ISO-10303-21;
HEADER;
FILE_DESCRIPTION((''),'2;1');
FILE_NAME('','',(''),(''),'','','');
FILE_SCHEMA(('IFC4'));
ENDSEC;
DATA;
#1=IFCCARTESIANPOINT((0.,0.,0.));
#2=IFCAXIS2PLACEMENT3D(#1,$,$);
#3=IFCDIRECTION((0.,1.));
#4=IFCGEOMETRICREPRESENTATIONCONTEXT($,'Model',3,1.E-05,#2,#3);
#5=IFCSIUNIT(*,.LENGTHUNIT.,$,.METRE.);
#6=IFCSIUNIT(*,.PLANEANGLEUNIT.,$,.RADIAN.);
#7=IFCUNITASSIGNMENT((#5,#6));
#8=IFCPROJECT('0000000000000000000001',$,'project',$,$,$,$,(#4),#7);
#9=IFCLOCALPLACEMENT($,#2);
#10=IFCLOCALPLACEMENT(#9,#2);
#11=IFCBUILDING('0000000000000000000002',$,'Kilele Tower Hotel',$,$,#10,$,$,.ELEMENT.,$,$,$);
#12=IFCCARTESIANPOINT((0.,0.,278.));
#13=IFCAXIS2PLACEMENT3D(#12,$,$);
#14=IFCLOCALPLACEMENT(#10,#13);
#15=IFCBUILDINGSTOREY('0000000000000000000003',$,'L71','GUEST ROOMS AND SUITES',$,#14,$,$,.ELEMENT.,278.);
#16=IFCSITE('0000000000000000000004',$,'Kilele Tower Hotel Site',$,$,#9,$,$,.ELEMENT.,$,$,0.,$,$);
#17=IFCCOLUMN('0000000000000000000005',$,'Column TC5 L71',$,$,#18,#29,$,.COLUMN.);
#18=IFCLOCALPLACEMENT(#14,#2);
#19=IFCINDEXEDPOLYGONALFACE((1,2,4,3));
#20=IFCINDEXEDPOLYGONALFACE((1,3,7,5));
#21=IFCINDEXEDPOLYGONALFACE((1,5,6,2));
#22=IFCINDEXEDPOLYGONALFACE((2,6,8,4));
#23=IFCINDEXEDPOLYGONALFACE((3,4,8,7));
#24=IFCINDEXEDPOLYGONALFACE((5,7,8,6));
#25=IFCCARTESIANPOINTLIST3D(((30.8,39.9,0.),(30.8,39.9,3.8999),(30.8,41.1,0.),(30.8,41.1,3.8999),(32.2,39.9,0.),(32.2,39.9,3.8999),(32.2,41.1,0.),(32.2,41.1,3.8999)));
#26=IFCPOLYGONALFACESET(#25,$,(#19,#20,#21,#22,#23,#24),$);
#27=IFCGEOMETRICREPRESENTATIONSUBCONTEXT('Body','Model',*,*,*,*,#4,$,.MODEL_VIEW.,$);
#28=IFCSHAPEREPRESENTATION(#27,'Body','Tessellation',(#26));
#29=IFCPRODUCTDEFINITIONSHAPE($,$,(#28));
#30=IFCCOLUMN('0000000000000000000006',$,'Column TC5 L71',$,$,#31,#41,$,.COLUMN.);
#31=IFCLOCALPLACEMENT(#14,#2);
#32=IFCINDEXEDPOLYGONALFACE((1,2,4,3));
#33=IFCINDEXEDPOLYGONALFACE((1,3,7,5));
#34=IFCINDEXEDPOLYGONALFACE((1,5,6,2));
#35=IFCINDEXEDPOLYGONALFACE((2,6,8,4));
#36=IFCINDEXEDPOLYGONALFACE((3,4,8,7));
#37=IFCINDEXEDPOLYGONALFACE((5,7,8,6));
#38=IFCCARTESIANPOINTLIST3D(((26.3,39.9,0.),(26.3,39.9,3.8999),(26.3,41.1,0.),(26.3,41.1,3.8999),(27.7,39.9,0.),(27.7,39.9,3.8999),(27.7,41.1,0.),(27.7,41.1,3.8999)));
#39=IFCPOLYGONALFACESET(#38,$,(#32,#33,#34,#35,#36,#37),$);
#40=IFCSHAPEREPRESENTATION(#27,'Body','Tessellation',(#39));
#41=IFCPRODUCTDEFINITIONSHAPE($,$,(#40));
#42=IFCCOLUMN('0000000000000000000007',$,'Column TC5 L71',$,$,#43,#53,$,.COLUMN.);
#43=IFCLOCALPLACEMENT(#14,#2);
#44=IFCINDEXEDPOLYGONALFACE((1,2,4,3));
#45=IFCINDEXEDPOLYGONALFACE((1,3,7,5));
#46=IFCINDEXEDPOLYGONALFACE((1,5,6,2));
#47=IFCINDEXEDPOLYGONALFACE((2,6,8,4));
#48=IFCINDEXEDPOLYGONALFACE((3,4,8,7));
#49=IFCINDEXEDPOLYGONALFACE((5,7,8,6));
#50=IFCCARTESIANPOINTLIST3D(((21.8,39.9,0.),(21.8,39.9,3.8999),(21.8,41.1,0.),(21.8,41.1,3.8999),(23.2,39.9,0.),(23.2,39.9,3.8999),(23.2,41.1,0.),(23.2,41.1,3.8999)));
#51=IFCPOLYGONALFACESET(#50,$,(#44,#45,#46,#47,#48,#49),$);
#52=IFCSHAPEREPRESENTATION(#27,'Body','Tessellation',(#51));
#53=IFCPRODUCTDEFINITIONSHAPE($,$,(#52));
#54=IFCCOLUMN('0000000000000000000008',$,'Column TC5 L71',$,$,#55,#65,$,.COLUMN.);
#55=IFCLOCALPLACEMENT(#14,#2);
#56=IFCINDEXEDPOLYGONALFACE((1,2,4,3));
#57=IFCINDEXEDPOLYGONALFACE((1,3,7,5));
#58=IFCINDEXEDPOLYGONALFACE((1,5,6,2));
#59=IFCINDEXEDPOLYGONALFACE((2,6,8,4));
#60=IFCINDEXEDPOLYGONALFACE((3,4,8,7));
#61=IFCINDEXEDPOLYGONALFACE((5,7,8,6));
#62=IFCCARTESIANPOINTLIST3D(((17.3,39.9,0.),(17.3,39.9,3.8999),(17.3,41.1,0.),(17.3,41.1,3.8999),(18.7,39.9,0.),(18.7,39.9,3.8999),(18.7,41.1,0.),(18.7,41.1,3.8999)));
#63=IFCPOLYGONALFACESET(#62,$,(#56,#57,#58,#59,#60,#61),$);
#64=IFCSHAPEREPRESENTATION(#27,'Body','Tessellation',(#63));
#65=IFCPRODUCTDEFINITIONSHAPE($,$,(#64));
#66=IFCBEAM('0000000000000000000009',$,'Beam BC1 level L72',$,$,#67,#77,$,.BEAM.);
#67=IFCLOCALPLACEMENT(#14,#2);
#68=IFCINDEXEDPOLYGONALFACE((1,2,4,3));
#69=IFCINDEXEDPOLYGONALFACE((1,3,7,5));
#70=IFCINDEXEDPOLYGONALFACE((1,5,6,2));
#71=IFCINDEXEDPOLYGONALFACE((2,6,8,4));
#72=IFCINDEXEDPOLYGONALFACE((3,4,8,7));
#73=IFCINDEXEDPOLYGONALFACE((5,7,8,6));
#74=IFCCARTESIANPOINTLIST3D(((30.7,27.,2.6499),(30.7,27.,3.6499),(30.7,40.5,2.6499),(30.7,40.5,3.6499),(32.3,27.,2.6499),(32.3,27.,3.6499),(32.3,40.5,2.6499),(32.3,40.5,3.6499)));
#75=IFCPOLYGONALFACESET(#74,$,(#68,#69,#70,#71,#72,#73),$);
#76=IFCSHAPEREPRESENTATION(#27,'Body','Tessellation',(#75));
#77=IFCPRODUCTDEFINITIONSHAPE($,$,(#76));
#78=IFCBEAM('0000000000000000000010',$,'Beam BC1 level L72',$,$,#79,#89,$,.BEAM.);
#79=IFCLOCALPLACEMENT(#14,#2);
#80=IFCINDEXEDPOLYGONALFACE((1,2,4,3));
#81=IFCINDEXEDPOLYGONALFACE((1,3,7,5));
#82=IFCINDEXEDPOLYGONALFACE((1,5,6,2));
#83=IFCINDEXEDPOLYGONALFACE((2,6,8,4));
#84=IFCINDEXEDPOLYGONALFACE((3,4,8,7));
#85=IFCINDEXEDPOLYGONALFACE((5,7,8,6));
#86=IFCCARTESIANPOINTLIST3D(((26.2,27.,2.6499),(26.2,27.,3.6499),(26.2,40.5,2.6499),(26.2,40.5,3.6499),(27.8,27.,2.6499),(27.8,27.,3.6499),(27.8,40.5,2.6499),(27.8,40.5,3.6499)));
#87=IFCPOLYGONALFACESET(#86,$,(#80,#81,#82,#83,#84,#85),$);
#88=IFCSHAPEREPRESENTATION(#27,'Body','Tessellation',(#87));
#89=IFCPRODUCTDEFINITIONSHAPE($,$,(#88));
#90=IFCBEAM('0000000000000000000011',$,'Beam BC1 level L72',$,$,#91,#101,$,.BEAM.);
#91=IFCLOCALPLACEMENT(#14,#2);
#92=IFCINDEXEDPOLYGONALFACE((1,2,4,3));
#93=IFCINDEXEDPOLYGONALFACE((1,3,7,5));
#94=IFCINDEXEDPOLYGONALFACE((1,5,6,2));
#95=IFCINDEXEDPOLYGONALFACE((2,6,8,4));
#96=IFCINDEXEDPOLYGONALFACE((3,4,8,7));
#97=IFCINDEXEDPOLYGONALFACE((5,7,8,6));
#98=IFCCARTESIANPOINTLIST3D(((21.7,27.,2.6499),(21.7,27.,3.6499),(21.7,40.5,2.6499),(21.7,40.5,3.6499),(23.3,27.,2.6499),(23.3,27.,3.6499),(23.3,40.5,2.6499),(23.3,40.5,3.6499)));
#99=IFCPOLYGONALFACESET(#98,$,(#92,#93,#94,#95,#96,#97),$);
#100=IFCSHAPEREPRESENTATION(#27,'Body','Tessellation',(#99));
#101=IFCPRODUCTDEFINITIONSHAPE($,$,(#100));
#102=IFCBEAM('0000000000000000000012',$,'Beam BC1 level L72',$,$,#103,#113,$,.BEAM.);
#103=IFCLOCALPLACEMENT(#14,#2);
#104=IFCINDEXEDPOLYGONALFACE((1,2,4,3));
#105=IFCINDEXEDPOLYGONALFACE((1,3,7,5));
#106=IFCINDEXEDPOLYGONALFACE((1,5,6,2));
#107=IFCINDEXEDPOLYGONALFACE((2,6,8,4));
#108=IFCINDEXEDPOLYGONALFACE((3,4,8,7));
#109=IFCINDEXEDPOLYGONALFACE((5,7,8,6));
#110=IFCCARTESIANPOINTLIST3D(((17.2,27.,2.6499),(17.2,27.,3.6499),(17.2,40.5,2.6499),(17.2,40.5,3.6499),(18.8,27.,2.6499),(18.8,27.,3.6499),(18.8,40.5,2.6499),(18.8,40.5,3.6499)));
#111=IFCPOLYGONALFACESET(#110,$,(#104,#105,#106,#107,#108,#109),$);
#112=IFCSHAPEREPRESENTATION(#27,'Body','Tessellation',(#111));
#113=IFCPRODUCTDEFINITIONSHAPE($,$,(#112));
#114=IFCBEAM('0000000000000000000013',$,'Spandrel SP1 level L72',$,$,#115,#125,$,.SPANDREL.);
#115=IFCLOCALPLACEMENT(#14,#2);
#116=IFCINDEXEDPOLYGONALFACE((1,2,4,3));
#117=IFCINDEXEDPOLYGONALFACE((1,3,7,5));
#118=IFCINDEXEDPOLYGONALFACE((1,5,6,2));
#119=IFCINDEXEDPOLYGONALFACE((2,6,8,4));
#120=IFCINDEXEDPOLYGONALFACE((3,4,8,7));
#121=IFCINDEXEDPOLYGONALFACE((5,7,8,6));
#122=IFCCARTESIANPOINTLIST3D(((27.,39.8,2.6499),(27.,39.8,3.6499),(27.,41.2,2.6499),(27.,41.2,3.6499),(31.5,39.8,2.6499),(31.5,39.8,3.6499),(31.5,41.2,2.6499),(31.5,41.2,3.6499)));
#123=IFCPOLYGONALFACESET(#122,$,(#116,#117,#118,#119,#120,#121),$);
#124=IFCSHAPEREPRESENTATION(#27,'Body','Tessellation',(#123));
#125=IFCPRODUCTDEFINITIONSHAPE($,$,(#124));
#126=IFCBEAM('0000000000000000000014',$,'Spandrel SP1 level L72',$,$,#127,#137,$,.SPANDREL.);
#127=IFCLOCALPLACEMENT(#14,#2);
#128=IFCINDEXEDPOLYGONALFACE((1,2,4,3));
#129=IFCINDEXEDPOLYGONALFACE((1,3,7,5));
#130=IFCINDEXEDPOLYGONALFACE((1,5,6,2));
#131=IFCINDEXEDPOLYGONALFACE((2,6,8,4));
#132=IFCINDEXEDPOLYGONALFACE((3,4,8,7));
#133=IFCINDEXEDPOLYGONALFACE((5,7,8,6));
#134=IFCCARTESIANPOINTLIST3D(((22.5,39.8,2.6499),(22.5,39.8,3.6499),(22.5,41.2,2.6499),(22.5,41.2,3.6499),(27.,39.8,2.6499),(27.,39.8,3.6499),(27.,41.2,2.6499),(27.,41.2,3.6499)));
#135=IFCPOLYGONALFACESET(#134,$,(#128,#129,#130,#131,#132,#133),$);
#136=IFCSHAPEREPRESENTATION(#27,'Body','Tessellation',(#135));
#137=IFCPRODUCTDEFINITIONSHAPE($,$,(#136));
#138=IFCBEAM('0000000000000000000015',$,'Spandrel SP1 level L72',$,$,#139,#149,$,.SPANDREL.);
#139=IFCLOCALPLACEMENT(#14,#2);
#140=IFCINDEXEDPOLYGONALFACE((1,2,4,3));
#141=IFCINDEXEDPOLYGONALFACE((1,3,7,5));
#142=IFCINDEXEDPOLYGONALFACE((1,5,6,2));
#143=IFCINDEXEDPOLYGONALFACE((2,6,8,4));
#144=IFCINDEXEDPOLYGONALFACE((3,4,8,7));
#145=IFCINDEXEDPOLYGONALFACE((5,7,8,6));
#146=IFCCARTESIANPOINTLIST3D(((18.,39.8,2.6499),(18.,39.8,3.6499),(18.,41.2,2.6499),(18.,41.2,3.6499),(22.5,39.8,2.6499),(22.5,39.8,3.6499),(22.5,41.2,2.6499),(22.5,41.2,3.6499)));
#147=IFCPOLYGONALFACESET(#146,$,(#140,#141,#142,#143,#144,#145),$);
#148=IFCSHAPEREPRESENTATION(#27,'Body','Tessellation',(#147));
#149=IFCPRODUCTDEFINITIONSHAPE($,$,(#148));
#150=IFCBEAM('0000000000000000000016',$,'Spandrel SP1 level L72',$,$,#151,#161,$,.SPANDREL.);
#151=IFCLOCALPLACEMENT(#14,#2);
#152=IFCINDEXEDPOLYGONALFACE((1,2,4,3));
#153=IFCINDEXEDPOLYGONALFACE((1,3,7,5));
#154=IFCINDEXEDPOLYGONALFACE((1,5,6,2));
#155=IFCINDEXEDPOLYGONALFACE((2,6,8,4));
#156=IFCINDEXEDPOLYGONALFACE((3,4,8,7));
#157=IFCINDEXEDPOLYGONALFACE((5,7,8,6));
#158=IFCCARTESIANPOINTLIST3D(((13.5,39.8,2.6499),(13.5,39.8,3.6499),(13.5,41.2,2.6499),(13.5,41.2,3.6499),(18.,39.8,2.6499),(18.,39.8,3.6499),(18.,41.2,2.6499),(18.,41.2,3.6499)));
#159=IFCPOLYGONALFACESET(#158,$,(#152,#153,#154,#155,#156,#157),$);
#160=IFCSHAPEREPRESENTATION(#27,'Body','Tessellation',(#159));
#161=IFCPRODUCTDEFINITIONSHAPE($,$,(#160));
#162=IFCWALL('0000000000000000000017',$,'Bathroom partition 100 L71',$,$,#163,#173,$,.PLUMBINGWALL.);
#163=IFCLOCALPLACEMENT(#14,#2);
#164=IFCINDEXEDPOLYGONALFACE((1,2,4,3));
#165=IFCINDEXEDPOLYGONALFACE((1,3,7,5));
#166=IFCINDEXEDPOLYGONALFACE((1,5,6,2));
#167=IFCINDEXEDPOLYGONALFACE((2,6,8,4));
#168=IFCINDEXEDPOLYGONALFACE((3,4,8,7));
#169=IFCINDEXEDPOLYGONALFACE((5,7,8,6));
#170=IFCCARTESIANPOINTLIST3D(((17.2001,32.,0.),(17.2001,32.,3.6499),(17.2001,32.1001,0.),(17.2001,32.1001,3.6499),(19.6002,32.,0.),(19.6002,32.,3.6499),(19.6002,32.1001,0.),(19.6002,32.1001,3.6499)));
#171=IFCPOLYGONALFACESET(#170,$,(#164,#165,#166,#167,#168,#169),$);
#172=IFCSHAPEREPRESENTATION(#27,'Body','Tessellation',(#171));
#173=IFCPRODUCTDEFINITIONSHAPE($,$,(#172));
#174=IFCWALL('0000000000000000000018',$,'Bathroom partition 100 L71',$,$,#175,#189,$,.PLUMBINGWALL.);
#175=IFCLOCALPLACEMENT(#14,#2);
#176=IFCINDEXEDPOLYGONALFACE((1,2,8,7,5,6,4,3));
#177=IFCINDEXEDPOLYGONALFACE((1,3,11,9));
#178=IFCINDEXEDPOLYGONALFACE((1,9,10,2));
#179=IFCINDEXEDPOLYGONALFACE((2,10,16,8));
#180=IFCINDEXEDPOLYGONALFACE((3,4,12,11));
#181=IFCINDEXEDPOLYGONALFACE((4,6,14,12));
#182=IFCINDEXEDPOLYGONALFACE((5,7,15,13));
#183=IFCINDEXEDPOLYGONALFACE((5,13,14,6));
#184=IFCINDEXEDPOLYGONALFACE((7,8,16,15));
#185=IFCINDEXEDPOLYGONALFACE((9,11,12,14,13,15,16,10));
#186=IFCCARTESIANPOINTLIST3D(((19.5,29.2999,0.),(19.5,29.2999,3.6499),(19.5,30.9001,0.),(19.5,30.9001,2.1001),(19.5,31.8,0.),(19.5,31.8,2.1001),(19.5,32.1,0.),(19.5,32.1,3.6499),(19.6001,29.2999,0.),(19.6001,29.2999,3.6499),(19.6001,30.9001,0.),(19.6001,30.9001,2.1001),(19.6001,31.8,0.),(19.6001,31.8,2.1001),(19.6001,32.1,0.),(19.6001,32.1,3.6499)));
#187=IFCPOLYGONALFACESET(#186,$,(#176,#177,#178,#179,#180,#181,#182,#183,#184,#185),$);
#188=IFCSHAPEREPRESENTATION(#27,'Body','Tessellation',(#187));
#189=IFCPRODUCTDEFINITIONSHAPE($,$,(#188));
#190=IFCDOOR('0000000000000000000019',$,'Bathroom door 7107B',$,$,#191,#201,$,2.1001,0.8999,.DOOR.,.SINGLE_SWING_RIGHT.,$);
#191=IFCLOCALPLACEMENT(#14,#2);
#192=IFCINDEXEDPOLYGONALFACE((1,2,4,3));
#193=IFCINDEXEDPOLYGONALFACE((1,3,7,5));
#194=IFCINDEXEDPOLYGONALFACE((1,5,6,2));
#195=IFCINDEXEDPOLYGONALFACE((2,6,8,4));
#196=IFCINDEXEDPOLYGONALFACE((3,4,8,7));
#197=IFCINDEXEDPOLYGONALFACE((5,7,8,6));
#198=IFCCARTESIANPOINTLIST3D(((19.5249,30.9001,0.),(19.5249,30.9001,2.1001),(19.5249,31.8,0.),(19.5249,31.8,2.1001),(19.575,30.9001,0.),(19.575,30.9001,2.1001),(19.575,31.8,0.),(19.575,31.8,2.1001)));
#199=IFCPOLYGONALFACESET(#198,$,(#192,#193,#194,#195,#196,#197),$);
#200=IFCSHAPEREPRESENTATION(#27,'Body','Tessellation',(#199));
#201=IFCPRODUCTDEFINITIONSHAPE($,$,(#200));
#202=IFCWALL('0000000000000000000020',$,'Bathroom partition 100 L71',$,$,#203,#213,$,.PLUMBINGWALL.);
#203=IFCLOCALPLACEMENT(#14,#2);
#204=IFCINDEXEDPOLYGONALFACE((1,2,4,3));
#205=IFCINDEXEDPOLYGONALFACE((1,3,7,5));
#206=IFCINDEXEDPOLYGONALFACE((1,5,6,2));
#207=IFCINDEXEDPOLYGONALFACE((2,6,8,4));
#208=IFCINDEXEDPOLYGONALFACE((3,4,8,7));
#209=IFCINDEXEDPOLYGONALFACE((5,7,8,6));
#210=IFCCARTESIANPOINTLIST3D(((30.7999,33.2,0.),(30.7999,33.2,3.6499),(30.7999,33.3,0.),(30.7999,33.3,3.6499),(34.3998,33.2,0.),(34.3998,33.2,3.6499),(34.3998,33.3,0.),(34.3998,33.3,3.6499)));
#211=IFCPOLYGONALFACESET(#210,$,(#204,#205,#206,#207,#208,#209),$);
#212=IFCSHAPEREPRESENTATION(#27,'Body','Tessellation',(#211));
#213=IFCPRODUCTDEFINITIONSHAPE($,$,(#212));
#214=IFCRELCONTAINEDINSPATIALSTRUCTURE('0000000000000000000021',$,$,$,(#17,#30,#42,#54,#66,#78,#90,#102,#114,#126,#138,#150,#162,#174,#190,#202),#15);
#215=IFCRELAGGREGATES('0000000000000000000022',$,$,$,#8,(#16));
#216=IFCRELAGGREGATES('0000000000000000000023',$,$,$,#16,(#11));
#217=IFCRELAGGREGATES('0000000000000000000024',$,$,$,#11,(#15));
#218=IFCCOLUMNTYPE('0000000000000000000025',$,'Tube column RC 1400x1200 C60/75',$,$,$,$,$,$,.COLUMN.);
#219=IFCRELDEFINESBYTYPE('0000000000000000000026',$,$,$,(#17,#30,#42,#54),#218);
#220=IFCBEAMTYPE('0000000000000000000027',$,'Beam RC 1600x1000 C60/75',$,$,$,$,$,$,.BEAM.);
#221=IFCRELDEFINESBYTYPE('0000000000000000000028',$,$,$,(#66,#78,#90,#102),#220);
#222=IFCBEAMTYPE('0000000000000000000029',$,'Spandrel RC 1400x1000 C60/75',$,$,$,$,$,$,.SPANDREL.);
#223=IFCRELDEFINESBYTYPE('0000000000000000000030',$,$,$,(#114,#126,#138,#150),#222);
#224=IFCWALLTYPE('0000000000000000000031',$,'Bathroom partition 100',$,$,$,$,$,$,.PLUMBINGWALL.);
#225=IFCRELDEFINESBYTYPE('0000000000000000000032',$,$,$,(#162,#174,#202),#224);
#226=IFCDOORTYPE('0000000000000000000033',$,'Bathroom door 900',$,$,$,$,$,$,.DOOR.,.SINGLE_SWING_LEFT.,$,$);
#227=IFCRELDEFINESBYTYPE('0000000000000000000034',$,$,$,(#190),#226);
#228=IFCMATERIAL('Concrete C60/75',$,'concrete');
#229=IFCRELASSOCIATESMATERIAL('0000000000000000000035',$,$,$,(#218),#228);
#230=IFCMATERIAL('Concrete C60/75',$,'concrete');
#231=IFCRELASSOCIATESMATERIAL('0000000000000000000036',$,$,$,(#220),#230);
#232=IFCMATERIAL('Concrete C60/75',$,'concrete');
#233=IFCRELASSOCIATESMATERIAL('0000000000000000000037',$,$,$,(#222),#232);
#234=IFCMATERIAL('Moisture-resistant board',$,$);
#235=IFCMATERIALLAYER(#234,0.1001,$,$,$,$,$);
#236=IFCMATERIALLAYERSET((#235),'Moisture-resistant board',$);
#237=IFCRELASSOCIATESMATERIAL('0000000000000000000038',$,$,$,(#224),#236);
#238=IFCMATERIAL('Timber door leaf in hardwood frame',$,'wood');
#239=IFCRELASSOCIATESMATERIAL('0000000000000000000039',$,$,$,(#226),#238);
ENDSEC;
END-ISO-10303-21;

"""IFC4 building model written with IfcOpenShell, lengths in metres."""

from ifc_helpers import new_model, si_unit, direction, frame, frame_2d, origin, origin_2d, place, context, subcontext, project, spatial, rectangle, extrude, material, layer, layer_set, material_profile, profile_set, type_object, element, fill, save


model = new_model("IFC4")

# Units and contexts
model_context = context("Model", 3, precision=1e-05, world=origin(), true_north=direction((0.0, 1.0)))
body_context = subcontext(model_context, "Body", "Model", "MODEL_VIEW")
ifc_project = project(units=[si_unit("LENGTHUNIT", "METRE"), si_unit("PLANEANGLEUNIT", "RADIAN")], contexts=[model_context])

# Site, building, storey
site_placement = place(None, origin())
site = spatial("IfcSite", under=ifc_project, at=site_placement, Name="Kilele Tower Hotel Site", CompositionType="ELEMENT", RefElevation=0.0)
building_placement = place(site_placement, origin())
building = spatial("IfcBuilding", under=site, at=building_placement, Name="Kilele Tower Hotel", CompositionType="ELEMENT")
storey_placement = place(building_placement, frame((0.0, 0.0, 278.0)))
storey = spatial("IfcBuildingStorey", under=building, at=storey_placement, Name="L71", Description="GUEST ROOMS AND SUITES", CompositionType="ELEMENT", Elevation=278.0)

# Columns
ifc_material_1 = material(Name="Concrete C60/75", Category="concrete")
ifc_material_profile_1 = material_profile(ifc_material_1, rectangle(XDim=1.3999, YDim=1.2, at=origin_2d()))
ifc_profile_set_1 = profile_set([ifc_material_profile_1], Name="Concrete C60/75")
column_type = type_object("IfcColumnType", Name="Tube column RC 1400x1200 C60/75", PredefinedType="COLUMN", material=ifc_profile_set_1)
for number, where, z_axis, x_axis, name in (
    (1, (31.5, 40.5, 0.0), (0.0, 0.0, 1.0), (1.0, 0.0, 0.0), "Column TC5 L71"),
    (2, (27.0, 40.5, 0.0), (0.0, 0.0, 1.0), (1.0, 0.0, 0.0), "Column TC5 L71"),
    (3, (22.5, 40.5, 0.0), (0.0, 0.0, 1.0), (1.0, 0.0, 0.0), "Column TC5 L71"),
    (4, (18.0, 40.5, 0.0), (0.0, 0.0, 1.0), (1.0, 0.0, 0.0), "Column TC5 L71"),
):
    element("IfcColumn", number, at=place(storey_placement, frame(where, z_axis=z_axis, x_axis=x_axis)), inside=storey, type_object=column_type, Name=name, PredefinedType="COLUMN", context=body_context, shape_type="SweptSolid", body=[
        extrude(rectangle(XDim=1.3999, YDim=1.2, at=origin_2d()), origin(), (0.0, 0.0, 1.0), 3.8999),
    ])

# Beams
ifc_material_2 = material(Name="Concrete C60/75", Category="concrete")
ifc_material_profile_2 = material_profile(ifc_material_2, rectangle(XDim=1.6001, YDim=1.0, at=origin_2d()))
ifc_profile_set_2 = profile_set([ifc_material_profile_2], Name="Concrete C60/75")
beam_type_1 = type_object("IfcBeamType", Name="Beam RC 1600x1000 C60/75", PredefinedType="BEAM", material=ifc_profile_set_2)
for number, where, z_axis, x_axis, name in (
    (5, (31.5, 40.5, 3.1499), (0.0, -1.0, 0.0), (1.0, 0.0, 0.0), "Beam BC1 level L72"),
    (6, (27.0, 40.5, 3.1499), (0.0, -1.0, 0.0), (1.0, 0.0, 0.0), "Beam BC1 level L72"),
    (7, (22.5, 40.5, 3.1499), (0.0, -1.0, 0.0), (1.0, 0.0, 0.0), "Beam BC1 level L72"),
    (8, (18.0, 40.5, 3.1499), (0.0, -1.0, 0.0), (1.0, 0.0, 0.0), "Beam BC1 level L72"),
):
    element("IfcBeam", number, at=place(storey_placement, frame(where, z_axis=z_axis, x_axis=x_axis)), inside=storey, type_object=beam_type_1, Name=name, PredefinedType="BEAM", context=body_context, shape_type="SweptSolid", body=[
        extrude(rectangle(XDim=1.6001, YDim=1.0, at=origin_2d()), origin(), (0.0, 0.0, 1.0), 13.5),
    ])
ifc_material_3 = material(Name="Concrete C60/75", Category="concrete")
ifc_material_profile_3 = material_profile(ifc_material_3, rectangle(XDim=1.3999, YDim=1.0, at=origin_2d()))
ifc_profile_set_3 = profile_set([ifc_material_profile_3], Name="Concrete C60/75")
beam_type_2 = type_object("IfcBeamType", Name="Spandrel RC 1400x1000 C60/75", PredefinedType="SPANDREL", material=ifc_profile_set_3)
for number, where, z_axis, x_axis, name in (
    (9, (31.5, 40.5, 3.1499), (-1.0, 0.0, 0.0), (0.0, -1.0, 0.0), "Spandrel SP1 level L72"),
    (10, (27.0, 40.5, 3.1499), (-1.0, 0.0, 0.0), (0.0, -1.0, 0.0), "Spandrel SP1 level L72"),
    (11, (22.5, 40.5, 3.1499), (-1.0, 0.0, 0.0), (0.0, -1.0, 0.0), "Spandrel SP1 level L72"),
    (12, (18.0, 40.5, 3.1499), (-1.0, 0.0, 0.0), (0.0, -1.0, 0.0), "Spandrel SP1 level L72"),
):
    element("IfcBeam", number, at=place(storey_placement, frame(where, z_axis=z_axis, x_axis=x_axis)), inside=storey, type_object=beam_type_2, Name=name, PredefinedType="SPANDREL", context=body_context, shape_type="SweptSolid", body=[
        extrude(rectangle(XDim=1.3999, YDim=1.0, at=origin_2d()), origin(), (0.0, 0.0, 1.0), 4.5),
    ])

# Wall
ifc_material_4 = material(Name="Moisture-resistant board")
ifc_layer_1 = layer(ifc_material_4, 0.1001)
ifc_layer_set_1 = layer_set([ifc_layer_1], Name="Moisture-resistant board")
wall_type_1 = type_object("IfcWallType", Name="Bathroom partition 100", PredefinedType="PLUMBINGWALL", material=ifc_layer_set_1)
wall_1_placement = place(storey_placement, frame((17.2, 32.05, 0.0), z_axis=(0.0, 0.0, 1.0), x_axis=(1.0, 0.0, 0.0)))
element("IfcWall", 13, at=wall_1_placement, inside=storey, type_object=wall_type_1, Name="Bathroom partition 100 L71", PredefinedType="PLUMBINGWALL", context=body_context, shape_type="SweptSolid", body=[
    extrude(rectangle(XDim=2.4001, YDim=0.1001, at=frame_2d((1.2002, 0.0))), origin(), (0.0, 0.0, 1.0), 3.6499),
])

# Wall, opening, door
wall_2_placement = place(storey_placement, frame((19.55, 29.3, 0.0), z_axis=(0.0, 0.0, 1.0), x_axis=(0.0, 1.0, 0.0)))
wall_2 = element("IfcWall", 14, at=wall_2_placement, inside=storey, type_object=wall_type_1, Name="Bathroom partition 100 L71", PredefinedType="PLUMBINGWALL", context=body_context, shape_type="SweptSolid", body=[
    extrude(rectangle(XDim=2.8, YDim=0.1001, at=frame_2d((1.3999, 0.0))), origin(), (0.0, 0.0, 1.0), 3.6499),
])
opening_1_placement = place(wall_2_placement, frame((2.5, 0.0, 0.0), z_axis=(0.0, 0.0, 1.0), x_axis=(-1.0, 0.0, 0.0)))
opening_1 = element("IfcOpeningElement", 15, at=opening_1_placement, cuts=wall_2, PredefinedType="OPENING", context=body_context, shape_type="SweptSolid", body=[
    extrude(rectangle(XDim=0.8999, YDim=2.1001, at=frame_2d((0.45, 1.05))), frame((0.0, 0.0601, 0.0), z_axis=(0.0, -1.0, 0.0), x_axis=(1.0, 0.0, 0.0)), (0.0, 0.0, 1.0), 0.1201),
])
ifc_material_5 = material(Name="Timber door leaf in hardwood frame", Category="wood")
door_type_1 = type_object("IfcDoorType", Name="Bathroom door 900", OperationType="SINGLE_SWING_LEFT", PredefinedType="DOOR", material=ifc_material_5)
door_1_placement = place(opening_1_placement, origin())
door_1 = element("IfcDoor", 16, at=door_1_placement, inside=storey, type_object=door_type_1, Name="Bathroom door 7107B", OperationType="SINGLE_SWING_RIGHT", OverallHeight=2.1001, OverallWidth=0.8999, PredefinedType="DOOR", context=body_context, shape_type="SweptSolid", body=[
    extrude(rectangle(XDim=0.8999, YDim=2.1001, at=frame_2d((0.45, 1.05))), frame((0.0, 0.0249, 0.0), z_axis=(0.0, -1.0, 0.0), x_axis=(1.0, 0.0, 0.0)), (0.0, 0.0, 1.0), 0.05),
])
fill(opening_1, door_1)

# Wall
wall_3_placement = place(storey_placement, frame((30.8, 33.25, 0.0), z_axis=(0.0, 0.0, 1.0), x_axis=(1.0, 0.0, 0.0)))
element("IfcWall", 17, at=wall_3_placement, inside=storey, type_object=wall_type_1, Name="Bathroom partition 100 L71", PredefinedType="PLUMBINGWALL", context=body_context, shape_type="SweptSolid", body=[
    extrude(rectangle(XDim=3.5999, YDim=0.1001, at=frame_2d((1.7998, 0.0))), origin(), (0.0, 0.0, 1.0), 3.6499),
])

save(model, "model.ifc")
